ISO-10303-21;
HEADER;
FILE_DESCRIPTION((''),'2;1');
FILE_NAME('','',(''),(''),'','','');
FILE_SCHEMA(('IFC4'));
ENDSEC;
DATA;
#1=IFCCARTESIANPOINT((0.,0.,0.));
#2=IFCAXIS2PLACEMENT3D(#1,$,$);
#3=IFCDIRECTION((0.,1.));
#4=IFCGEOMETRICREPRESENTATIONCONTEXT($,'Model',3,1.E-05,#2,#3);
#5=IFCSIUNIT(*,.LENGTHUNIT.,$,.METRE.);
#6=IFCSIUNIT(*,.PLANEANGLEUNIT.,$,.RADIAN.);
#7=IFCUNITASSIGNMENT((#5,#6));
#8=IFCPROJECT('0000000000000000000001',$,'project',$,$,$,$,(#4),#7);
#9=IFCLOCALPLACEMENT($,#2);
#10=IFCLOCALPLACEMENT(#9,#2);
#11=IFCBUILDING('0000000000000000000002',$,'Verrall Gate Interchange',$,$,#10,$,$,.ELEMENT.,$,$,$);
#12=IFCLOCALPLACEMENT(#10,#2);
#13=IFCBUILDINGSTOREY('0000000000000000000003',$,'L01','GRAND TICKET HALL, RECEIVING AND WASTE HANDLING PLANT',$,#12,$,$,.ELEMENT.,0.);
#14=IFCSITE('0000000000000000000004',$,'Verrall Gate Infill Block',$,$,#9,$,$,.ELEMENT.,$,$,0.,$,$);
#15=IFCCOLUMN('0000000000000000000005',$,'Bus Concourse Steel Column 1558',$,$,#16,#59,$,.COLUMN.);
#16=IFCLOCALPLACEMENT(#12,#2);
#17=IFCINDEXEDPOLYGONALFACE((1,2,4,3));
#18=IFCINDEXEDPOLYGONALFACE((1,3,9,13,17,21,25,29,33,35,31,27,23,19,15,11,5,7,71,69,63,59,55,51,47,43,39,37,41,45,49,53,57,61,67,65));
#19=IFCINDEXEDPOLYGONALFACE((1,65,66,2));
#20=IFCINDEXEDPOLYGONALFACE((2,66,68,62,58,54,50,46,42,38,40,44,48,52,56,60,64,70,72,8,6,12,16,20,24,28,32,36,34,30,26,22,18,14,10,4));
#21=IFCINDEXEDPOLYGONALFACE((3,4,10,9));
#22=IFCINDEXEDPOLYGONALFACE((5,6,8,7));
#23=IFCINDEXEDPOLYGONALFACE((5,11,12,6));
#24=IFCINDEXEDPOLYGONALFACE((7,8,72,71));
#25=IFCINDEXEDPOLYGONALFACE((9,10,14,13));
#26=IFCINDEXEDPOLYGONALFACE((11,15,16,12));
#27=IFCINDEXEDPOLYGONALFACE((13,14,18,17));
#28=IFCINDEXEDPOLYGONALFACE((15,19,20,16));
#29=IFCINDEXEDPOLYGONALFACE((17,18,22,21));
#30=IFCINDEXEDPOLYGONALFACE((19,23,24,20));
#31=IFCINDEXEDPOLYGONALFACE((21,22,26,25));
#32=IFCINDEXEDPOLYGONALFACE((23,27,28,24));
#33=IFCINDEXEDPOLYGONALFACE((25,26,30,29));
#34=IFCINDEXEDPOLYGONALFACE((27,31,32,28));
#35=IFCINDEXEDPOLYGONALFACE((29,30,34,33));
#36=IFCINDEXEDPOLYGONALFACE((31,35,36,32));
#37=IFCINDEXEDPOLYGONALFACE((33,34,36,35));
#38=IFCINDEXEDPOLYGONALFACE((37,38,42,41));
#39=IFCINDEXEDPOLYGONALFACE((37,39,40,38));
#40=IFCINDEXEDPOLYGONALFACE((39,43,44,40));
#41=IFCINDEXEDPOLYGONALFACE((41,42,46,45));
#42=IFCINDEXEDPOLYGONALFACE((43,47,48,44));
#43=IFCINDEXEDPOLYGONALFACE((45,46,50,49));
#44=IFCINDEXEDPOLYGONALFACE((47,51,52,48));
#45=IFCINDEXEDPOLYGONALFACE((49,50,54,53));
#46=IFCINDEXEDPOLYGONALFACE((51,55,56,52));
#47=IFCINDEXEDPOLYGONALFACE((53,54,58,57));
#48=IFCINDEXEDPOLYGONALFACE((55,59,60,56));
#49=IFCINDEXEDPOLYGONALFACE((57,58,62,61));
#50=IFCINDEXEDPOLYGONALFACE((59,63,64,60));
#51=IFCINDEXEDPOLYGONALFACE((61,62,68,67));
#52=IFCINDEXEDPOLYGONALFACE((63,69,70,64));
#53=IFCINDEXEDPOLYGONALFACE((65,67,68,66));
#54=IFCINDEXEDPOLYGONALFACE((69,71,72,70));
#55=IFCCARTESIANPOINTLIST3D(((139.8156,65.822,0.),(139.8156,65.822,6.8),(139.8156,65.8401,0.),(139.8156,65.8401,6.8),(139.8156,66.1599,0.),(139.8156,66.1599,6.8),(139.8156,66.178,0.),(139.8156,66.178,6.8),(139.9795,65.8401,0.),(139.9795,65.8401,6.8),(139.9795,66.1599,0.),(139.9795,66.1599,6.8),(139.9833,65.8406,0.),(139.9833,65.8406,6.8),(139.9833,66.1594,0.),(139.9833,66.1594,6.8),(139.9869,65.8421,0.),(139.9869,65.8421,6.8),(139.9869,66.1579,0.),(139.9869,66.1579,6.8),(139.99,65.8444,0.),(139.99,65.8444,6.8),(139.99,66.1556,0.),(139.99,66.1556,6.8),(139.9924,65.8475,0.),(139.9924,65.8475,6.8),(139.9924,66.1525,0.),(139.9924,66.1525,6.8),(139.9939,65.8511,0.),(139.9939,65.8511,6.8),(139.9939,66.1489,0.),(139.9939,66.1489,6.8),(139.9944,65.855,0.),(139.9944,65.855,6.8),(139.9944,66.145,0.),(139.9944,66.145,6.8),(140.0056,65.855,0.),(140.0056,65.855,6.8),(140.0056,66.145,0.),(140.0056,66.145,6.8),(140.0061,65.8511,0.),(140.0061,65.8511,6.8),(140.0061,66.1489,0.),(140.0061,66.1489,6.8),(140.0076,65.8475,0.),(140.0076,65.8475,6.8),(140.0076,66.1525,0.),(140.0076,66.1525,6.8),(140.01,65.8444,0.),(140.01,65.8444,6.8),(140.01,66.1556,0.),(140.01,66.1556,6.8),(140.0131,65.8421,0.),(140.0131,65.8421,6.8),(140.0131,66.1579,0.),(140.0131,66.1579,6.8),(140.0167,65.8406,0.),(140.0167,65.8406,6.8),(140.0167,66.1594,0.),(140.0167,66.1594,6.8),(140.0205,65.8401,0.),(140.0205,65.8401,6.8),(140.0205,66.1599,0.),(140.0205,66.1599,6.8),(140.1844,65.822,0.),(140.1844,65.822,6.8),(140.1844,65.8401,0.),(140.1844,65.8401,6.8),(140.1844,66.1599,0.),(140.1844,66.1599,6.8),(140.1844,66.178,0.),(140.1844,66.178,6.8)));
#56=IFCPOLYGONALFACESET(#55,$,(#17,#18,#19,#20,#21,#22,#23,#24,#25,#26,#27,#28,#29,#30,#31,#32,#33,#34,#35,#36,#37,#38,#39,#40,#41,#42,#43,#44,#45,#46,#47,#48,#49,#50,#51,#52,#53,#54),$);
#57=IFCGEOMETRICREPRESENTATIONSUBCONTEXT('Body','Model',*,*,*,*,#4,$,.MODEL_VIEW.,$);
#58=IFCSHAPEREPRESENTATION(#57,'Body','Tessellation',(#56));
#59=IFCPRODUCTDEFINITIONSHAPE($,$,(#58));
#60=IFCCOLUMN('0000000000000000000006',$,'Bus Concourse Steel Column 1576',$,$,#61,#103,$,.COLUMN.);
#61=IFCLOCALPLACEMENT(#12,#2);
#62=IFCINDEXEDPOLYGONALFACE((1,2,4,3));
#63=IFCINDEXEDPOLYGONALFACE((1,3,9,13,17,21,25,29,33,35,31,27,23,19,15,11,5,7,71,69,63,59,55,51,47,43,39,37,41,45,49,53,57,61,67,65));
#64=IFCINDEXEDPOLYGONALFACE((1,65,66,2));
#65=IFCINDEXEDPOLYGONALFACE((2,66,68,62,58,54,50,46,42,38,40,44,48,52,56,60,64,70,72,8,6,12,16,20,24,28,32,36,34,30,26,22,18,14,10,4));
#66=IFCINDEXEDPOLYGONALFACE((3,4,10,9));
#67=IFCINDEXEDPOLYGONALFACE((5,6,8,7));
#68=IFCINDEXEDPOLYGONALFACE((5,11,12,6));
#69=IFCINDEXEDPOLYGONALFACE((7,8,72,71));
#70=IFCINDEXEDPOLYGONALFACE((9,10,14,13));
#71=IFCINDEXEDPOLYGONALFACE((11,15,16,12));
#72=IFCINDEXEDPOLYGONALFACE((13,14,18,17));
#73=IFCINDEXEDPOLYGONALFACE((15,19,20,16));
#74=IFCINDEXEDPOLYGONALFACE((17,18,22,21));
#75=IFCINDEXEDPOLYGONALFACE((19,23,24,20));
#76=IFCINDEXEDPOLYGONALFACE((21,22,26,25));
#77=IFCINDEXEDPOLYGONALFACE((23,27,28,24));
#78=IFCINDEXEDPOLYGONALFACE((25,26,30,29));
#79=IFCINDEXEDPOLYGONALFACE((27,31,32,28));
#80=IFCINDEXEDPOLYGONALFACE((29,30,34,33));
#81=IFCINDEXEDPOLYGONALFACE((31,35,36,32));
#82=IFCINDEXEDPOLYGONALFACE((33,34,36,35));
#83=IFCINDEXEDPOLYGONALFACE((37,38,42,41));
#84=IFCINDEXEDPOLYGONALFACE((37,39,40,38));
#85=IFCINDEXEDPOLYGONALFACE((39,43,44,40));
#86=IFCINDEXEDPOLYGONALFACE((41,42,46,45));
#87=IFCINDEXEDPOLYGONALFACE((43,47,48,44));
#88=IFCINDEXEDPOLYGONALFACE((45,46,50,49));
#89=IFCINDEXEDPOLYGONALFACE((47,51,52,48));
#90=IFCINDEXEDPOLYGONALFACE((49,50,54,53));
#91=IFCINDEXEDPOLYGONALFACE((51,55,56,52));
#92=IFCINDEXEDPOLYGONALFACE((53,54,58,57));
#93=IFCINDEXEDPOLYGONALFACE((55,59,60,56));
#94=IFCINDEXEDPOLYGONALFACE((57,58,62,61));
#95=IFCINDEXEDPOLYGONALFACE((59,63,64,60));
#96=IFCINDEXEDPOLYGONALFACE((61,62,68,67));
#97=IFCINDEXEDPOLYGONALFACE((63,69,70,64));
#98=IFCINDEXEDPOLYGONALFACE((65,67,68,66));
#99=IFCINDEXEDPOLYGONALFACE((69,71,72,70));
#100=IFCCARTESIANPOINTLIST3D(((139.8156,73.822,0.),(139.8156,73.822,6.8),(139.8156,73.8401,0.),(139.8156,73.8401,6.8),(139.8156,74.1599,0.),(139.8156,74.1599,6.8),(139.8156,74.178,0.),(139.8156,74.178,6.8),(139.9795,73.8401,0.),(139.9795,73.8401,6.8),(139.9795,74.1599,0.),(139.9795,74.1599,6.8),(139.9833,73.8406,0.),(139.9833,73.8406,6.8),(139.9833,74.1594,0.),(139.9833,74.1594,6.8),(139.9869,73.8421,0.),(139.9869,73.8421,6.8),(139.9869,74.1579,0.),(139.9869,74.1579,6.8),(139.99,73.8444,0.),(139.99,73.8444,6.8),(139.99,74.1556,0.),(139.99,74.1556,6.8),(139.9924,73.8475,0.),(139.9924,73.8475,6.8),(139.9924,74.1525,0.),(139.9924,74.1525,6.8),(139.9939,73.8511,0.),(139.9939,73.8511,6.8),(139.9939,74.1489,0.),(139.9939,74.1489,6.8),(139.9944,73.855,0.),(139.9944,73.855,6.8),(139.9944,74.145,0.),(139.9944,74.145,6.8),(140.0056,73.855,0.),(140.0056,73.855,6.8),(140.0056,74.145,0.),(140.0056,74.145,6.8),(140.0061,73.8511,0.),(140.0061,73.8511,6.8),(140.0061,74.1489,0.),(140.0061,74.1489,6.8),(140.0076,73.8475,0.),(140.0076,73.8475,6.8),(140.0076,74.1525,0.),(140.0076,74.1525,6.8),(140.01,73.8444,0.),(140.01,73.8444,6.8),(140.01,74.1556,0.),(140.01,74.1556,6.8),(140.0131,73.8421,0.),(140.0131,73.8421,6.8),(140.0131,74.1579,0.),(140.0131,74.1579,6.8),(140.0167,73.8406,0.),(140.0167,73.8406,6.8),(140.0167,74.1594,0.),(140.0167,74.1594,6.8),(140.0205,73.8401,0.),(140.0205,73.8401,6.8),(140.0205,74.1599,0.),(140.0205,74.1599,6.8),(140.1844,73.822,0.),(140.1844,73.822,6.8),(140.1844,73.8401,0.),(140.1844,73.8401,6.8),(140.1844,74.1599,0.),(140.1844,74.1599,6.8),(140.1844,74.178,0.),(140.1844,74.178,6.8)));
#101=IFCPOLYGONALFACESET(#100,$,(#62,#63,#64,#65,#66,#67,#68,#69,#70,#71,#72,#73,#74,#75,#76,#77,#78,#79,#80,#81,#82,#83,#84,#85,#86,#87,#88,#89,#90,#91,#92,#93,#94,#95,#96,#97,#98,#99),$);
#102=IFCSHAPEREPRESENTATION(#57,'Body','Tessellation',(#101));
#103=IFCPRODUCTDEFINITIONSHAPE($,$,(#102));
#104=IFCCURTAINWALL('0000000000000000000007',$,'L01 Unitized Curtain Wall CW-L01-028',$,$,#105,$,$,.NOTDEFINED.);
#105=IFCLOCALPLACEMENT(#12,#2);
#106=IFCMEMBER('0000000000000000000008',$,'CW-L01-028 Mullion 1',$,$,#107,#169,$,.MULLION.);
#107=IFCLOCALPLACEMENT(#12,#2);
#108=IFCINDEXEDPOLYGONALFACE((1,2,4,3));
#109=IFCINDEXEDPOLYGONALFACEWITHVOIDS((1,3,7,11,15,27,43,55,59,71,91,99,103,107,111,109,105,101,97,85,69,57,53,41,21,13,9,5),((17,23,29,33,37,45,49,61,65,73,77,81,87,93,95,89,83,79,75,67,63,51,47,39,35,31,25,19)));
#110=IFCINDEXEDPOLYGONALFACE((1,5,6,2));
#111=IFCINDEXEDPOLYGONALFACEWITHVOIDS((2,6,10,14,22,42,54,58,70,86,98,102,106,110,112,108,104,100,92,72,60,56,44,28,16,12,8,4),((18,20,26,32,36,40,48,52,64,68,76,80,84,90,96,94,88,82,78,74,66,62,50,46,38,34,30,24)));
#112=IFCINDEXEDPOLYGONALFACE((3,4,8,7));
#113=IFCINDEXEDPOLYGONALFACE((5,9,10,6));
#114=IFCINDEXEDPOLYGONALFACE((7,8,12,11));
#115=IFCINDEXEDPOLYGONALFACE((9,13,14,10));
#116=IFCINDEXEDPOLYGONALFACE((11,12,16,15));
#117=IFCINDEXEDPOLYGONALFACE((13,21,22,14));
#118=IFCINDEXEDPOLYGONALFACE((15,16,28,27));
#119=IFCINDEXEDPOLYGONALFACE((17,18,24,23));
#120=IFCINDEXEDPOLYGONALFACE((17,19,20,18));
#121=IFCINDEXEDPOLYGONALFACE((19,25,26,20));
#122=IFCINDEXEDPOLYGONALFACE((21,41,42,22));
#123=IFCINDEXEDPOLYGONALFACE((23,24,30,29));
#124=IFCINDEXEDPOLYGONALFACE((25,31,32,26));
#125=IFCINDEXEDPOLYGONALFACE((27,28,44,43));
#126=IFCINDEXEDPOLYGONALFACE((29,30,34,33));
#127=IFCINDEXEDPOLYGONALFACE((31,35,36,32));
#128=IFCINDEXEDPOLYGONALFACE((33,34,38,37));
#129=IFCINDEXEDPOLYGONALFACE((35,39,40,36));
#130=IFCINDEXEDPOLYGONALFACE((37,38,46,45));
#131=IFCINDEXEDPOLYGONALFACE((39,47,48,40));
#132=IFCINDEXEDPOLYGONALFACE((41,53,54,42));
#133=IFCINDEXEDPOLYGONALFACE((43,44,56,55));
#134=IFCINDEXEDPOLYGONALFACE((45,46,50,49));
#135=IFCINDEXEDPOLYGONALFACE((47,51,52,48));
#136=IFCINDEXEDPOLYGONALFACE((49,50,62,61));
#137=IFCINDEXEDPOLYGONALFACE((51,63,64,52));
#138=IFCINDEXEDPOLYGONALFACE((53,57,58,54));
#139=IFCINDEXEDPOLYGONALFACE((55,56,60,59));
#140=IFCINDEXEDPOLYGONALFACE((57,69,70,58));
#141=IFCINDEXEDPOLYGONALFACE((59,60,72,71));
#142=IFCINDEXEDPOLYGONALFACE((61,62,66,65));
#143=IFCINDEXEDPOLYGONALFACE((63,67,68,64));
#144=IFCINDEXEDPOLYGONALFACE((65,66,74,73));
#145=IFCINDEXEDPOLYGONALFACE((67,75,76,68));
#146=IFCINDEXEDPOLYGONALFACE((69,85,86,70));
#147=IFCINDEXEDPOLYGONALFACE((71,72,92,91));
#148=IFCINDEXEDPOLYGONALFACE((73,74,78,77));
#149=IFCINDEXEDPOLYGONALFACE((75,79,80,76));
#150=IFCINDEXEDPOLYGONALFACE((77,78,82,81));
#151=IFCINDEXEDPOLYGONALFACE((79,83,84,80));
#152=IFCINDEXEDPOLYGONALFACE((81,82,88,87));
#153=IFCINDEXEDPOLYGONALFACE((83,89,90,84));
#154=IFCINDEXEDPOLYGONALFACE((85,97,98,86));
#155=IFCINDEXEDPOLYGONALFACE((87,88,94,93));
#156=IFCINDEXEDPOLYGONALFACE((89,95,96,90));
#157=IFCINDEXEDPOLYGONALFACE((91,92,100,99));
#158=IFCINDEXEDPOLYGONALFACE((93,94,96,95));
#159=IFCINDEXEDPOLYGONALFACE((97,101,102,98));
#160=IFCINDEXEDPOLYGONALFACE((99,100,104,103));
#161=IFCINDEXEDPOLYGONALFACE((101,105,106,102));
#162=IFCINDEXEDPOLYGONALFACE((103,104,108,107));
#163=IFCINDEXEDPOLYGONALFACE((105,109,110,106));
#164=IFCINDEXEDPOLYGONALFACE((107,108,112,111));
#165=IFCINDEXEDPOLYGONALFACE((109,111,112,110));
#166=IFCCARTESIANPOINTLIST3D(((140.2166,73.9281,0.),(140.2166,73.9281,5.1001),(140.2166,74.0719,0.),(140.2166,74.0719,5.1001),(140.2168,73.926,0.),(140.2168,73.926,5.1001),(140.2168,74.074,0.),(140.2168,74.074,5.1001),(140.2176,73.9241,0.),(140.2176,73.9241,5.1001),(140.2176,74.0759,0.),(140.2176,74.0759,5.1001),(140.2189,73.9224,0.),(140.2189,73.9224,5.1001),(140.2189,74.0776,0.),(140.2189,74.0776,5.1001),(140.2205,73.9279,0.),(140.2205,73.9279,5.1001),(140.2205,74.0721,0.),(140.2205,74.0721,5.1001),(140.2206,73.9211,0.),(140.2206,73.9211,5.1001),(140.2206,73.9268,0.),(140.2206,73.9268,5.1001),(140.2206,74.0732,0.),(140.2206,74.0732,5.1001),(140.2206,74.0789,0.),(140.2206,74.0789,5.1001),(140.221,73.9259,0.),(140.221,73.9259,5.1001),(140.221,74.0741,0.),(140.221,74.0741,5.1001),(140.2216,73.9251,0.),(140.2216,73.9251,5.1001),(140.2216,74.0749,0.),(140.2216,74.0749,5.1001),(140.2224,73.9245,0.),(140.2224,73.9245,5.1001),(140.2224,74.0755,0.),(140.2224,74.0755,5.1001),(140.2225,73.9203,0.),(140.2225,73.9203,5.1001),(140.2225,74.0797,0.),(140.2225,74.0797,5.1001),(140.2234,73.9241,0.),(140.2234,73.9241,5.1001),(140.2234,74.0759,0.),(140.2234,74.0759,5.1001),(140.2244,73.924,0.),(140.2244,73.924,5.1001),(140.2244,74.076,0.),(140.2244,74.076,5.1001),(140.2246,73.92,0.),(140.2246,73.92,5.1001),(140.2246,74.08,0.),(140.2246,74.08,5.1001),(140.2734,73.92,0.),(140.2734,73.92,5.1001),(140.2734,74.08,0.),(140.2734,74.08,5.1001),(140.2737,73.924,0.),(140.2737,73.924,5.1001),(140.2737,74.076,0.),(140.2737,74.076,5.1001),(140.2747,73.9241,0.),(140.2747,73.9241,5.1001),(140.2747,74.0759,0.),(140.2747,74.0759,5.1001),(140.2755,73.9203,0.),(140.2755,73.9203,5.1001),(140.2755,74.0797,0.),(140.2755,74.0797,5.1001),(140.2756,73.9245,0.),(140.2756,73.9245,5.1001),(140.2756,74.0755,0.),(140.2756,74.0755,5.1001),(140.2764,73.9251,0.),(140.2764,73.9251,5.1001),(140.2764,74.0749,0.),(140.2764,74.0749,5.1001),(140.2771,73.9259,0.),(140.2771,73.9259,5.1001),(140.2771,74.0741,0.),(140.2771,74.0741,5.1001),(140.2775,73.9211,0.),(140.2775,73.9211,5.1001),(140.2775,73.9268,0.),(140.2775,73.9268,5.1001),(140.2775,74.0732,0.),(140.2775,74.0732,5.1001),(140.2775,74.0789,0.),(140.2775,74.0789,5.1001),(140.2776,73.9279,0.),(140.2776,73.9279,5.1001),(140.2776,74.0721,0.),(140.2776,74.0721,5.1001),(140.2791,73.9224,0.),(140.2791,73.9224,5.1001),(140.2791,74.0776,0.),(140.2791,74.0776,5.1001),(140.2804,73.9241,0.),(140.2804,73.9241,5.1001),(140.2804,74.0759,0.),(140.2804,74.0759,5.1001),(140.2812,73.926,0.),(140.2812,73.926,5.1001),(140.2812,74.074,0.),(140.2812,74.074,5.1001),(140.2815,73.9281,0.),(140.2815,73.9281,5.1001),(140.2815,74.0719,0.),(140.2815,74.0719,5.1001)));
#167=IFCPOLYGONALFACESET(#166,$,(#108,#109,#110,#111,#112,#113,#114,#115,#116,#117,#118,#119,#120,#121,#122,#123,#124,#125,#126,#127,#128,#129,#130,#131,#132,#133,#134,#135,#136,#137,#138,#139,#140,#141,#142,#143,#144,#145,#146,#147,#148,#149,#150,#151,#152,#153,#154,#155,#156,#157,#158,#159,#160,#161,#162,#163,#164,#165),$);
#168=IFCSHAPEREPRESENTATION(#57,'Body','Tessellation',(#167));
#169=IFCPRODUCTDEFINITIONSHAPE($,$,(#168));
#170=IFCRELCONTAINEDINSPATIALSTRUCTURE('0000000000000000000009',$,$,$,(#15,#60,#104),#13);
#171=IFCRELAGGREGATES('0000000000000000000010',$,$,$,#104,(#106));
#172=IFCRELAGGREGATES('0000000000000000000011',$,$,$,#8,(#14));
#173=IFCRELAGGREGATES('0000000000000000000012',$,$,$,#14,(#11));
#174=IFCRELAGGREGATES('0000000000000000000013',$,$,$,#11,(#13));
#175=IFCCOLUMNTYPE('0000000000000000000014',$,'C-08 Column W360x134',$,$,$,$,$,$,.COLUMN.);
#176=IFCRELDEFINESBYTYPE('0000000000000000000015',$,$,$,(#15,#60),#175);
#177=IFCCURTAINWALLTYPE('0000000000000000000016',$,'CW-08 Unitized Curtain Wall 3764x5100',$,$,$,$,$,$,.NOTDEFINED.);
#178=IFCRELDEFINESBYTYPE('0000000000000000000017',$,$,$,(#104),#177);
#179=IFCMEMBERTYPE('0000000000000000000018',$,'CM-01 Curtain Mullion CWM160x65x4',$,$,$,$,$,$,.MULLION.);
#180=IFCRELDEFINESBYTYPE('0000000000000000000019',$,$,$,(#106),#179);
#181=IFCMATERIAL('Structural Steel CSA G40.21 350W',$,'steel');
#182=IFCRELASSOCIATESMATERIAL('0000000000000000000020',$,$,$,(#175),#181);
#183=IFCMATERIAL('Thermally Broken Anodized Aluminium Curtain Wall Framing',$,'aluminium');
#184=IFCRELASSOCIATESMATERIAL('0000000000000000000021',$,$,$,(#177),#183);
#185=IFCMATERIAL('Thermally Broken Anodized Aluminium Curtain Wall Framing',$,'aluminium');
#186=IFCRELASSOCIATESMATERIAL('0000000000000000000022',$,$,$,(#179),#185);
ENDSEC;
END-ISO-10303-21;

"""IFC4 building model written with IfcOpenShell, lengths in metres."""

from ifc_helpers import new_model, si_unit, direction, frame, origin, origin_2d, place, context, subcontext, project, spatial, hollow_rectangle, i_section, extrude, material, material_profile, profile_set, type_object, element, aggregate, save


model = new_model("IFC4")

# Units and contexts
model_context = context("Model", 3, precision=1e-05, world=origin(), true_north=direction((0.0, 1.0)))
body_context = subcontext(model_context, "Body", "Model", "MODEL_VIEW")
ifc_project = project(units=[si_unit("LENGTHUNIT", "METRE"), si_unit("PLANEANGLEUNIT", "RADIAN")], contexts=[model_context])

# Site, building, storey
site_placement = place(None, origin())
site = spatial("IfcSite", under=ifc_project, at=site_placement, Name="Verrall Gate Infill Block", CompositionType="ELEMENT", RefElevation=0.0)
building_placement = place(site_placement, origin())
building = spatial("IfcBuilding", under=site, at=building_placement, Name="Verrall Gate Interchange", CompositionType="ELEMENT")
storey_placement = place(building_placement, origin())
storey = spatial("IfcBuildingStorey", under=building, at=storey_placement, Name="L01", Description="GRAND TICKET HALL, RECEIVING AND WASTE HANDLING PLANT", CompositionType="ELEMENT", Elevation=0.0)

# Columns
ifc_material_1 = material(Name="Structural Steel CSA G40.21 350W", Category="steel")
ifc_material_profile_1 = material_profile(ifc_material_1, i_section(OverallWidth=0.3689, OverallDepth=0.356, WebThickness=0.0112, FlangeThickness=0.0181, FilletRadius=0.0149, at=origin_2d()), Name="W360x134")
ifc_profile_set_1 = profile_set([ifc_material_profile_1], Name="Structural Steel CSA G40.21 350W")
column_type = type_object("IfcColumnType", Name="C-08 Column W360x134", PredefinedType="COLUMN", material=ifc_profile_set_1)
for number, where, z_axis, x_axis, name in (
    (1, (140.0, 66.0, 0.0), (0.0, 0.0, 1.0), (1.0, 0.0, 0.0), "Bus Concourse Steel Column 1558"),
    (2, (140.0, 74.0, 0.0), (0.0, 0.0, 1.0), (1.0, 0.0, 0.0), "Bus Concourse Steel Column 1576"),
):
    element("IfcColumn", number, at=place(storey_placement, frame(where, z_axis=z_axis, x_axis=x_axis)), inside=storey, type_object=column_type, Name=name, PredefinedType="COLUMN", context=body_context, shape_type="SweptSolid", body=[
        extrude(i_section(OverallWidth=0.3689, OverallDepth=0.356, WebThickness=0.0112, FlangeThickness=0.0181, FilletRadius=0.0149, at=origin_2d()), origin(), (0.0, 0.0, 1.0), 6.8),
    ])

# Curtain wall, member
ifc_material_2 = material(Name="Thermally Broken Anodized Aluminium Curtain Wall Framing", Category="aluminium")
curtain_wall_type_1 = type_object("IfcCurtainWallType", Name="CW-08 Unitized Curtain Wall 3764x5100", PredefinedType="NOTDEFINED", material=ifc_material_2)
curtain_wall_1_placement = place(storey_placement, origin())
curtain_wall_1 = element("IfcCurtainWall", 3, at=curtain_wall_1_placement, inside=storey, type_object=curtain_wall_type_1, Name="L01 Unitized Curtain Wall CW-L01-028", PredefinedType="NOTDEFINED")
ifc_material_3 = material(Name="Thermally Broken Anodized Aluminium Curtain Wall Framing", Category="aluminium")
ifc_material_profile_2 = material_profile(ifc_material_3, hollow_rectangle(XDim=0.0649, YDim=0.1599, WallThickness=0.0039, InnerFilletRadius=0.0039, OuterFilletRadius=0.0081, at=origin_2d()), Name="CWM160x65x4")
ifc_profile_set_2 = profile_set([ifc_material_profile_2], Name="Thermally Broken Anodized Aluminium Curtain Wall Framing")
member_type_1 = type_object("IfcMemberType", Name="CM-01 Curtain Mullion CWM160x65x4", PredefinedType="MULLION", material=ifc_profile_set_2)
member_1_placement = place(storey_placement, frame((140.249, 74.0, 0.0), z_axis=(0.0, 0.0, 1.0), x_axis=(1.0, 0.0, 0.0)))
member_1 = element("IfcMember", 4, at=member_1_placement, type_object=member_type_1, Name="CW-L01-028 Mullion 1", PredefinedType="MULLION", context=body_context, shape_type="SweptSolid", body=[
    extrude(hollow_rectangle(XDim=0.0649, YDim=0.1599, WallThickness=0.0039, InnerFilletRadius=0.0039, OuterFilletRadius=0.0081, at=origin_2d()), origin(), (0.0, 0.0, 1.0), 5.1001),
])

aggregate(curtain_wall_1, [member_1])

save(model, "model.ifc")
